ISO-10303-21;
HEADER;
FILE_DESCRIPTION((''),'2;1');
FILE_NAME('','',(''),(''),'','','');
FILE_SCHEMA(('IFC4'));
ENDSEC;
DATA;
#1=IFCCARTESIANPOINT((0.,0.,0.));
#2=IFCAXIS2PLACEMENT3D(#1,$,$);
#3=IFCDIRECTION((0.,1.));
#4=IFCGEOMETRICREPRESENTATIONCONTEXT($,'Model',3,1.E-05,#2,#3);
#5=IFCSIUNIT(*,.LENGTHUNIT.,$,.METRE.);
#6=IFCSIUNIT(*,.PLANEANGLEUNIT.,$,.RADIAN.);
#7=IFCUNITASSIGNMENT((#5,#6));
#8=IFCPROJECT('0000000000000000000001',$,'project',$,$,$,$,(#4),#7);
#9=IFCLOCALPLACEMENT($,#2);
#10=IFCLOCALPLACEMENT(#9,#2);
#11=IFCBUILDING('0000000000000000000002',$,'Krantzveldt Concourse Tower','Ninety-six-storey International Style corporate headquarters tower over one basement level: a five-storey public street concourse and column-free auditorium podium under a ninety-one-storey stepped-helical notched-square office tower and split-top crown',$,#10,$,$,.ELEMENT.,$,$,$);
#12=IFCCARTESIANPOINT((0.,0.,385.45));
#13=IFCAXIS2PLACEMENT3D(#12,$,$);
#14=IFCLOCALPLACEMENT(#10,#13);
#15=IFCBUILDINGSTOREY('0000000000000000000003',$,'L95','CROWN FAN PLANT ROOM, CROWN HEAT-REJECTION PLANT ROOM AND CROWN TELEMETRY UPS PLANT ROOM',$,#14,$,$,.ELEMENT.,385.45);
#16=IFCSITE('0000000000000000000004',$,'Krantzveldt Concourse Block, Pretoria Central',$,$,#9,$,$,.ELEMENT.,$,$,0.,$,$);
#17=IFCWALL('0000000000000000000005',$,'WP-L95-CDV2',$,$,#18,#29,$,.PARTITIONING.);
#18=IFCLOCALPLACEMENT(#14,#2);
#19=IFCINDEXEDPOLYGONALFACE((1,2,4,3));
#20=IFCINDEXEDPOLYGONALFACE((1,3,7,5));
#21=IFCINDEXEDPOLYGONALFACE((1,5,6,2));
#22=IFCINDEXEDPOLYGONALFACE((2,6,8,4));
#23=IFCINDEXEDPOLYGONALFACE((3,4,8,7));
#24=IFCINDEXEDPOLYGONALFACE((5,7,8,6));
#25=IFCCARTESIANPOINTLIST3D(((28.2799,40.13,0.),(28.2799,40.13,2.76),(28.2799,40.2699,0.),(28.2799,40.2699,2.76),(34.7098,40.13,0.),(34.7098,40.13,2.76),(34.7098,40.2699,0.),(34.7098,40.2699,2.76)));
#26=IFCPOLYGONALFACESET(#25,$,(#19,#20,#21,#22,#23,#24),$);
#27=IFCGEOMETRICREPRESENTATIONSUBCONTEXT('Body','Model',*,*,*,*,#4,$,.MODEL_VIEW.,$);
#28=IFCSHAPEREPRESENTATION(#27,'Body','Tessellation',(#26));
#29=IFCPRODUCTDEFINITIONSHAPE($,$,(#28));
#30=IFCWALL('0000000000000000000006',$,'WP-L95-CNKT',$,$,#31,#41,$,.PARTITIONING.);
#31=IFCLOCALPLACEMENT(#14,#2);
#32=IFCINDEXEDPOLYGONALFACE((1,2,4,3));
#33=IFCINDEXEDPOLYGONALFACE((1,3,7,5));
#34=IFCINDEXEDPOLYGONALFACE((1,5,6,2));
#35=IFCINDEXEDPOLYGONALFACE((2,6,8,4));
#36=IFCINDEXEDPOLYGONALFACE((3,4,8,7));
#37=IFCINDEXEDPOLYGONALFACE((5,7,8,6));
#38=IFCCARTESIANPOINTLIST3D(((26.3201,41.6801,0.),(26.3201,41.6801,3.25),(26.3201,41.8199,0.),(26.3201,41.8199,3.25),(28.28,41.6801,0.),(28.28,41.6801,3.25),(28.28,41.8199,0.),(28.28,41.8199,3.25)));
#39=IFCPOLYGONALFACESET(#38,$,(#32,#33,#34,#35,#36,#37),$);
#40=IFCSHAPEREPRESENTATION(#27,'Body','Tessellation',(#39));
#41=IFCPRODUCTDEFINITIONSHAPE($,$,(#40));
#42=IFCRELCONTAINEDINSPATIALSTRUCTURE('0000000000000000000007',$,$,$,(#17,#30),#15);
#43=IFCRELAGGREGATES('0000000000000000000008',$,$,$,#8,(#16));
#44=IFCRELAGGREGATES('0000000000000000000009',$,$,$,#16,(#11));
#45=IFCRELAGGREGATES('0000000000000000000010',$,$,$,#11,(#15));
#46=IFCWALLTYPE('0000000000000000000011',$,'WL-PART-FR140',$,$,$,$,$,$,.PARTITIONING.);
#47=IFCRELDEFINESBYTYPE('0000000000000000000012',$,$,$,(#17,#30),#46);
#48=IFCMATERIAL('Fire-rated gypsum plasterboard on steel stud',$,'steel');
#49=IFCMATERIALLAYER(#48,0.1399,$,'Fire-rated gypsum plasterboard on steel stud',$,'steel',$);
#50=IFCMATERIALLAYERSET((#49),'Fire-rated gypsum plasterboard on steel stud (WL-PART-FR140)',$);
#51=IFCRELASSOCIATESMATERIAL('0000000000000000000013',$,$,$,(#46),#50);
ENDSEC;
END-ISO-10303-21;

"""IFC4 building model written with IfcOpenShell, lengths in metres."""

from ifc_helpers import new_model, si_unit, direction, frame, frame_2d, origin, place, context, subcontext, project, spatial, rectangle, extrude, material, layer, layer_set, type_object, element, save


model = new_model("IFC4")

# Units and contexts
model_context = context("Model", 3, precision=1e-05, world=origin(), true_north=direction((0.0, 1.0)))
body_context = subcontext(model_context, "Body", "Model", "MODEL_VIEW")
ifc_project = project(units=[si_unit("LENGTHUNIT", "METRE"), si_unit("PLANEANGLEUNIT", "RADIAN")], contexts=[model_context])

# Site, building, storey
site_placement = place(None, origin())
site = spatial("IfcSite", under=ifc_project, at=site_placement, Name="Krantzveldt Concourse Block, Pretoria Central", CompositionType="ELEMENT", RefElevation=0.0)
building_placement = place(site_placement, origin())
building = spatial("IfcBuilding", under=site, at=building_placement, Name="Krantzveldt Concourse Tower", Description="Ninety-six-storey International Style corporate headquarters tower over one basement level: a five-storey public street concourse and column-free auditorium podium under a ninety-one-storey stepped-helical notched-square office tower and split-top crown", CompositionType="ELEMENT")
storey_placement = place(building_placement, frame((0.0, 0.0, 385.45)))
storey = spatial("IfcBuildingStorey", under=building, at=storey_placement, Name="L95", Description="CROWN FAN PLANT ROOM, CROWN HEAT-REJECTION PLANT ROOM AND CROWN TELEMETRY UPS PLANT ROOM", CompositionType="ELEMENT", Elevation=385.45)

# Walls
ifc_material_1 = material(Name="Fire-rated gypsum plasterboard on steel stud", Category="steel")
ifc_layer_1 = layer(ifc_material_1, 0.1399, Name="Fire-rated gypsum plasterboard on steel stud", Category="steel")
ifc_layer_set_1 = layer_set([ifc_layer_1], Name="Fire-rated gypsum plasterboard on steel stud (WL-PART-FR140)")
wall_type = type_object("IfcWallType", Name="WL-PART-FR140", PredefinedType="PARTITIONING", material=ifc_layer_set_1)
for number, where, z_axis, x_axis, name in (
    (1, (28.28, 40.2, 0.0), (0.0, 0.0, 1.0), (1.0, 0.0, 0.0), "WP-L95-CDV2"),
):
    element("IfcWall", number, at=place(storey_placement, frame(where, z_axis=z_axis, x_axis=x_axis)), inside=storey, type_object=wall_type, Name=name, PredefinedType="PARTITIONING", context=body_context, shape_type="SweptSolid", body=[
        extrude(rectangle(XDim=6.4299, YDim=0.1399, at=frame_2d((3.2148, 0.0))), origin(), (0.0, 0.0, 1.0), 2.76),
    ])
wall_placement = place(storey_placement, frame((26.3201, 41.75, 0.0), z_axis=(0.0, 0.0, 1.0), x_axis=(1.0, 0.0, 0.0)))
element("IfcWall", 2, at=wall_placement, inside=storey, type_object=wall_type, Name="WP-L95-CNKT", PredefinedType="PARTITIONING", context=body_context, shape_type="SweptSolid", body=[
    extrude(rectangle(XDim=1.96, YDim=0.1399, at=frame_2d((0.98, 0.0))), origin(), (0.0, 0.0, 1.0), 3.25),
])

save(model, "model.ifc")
